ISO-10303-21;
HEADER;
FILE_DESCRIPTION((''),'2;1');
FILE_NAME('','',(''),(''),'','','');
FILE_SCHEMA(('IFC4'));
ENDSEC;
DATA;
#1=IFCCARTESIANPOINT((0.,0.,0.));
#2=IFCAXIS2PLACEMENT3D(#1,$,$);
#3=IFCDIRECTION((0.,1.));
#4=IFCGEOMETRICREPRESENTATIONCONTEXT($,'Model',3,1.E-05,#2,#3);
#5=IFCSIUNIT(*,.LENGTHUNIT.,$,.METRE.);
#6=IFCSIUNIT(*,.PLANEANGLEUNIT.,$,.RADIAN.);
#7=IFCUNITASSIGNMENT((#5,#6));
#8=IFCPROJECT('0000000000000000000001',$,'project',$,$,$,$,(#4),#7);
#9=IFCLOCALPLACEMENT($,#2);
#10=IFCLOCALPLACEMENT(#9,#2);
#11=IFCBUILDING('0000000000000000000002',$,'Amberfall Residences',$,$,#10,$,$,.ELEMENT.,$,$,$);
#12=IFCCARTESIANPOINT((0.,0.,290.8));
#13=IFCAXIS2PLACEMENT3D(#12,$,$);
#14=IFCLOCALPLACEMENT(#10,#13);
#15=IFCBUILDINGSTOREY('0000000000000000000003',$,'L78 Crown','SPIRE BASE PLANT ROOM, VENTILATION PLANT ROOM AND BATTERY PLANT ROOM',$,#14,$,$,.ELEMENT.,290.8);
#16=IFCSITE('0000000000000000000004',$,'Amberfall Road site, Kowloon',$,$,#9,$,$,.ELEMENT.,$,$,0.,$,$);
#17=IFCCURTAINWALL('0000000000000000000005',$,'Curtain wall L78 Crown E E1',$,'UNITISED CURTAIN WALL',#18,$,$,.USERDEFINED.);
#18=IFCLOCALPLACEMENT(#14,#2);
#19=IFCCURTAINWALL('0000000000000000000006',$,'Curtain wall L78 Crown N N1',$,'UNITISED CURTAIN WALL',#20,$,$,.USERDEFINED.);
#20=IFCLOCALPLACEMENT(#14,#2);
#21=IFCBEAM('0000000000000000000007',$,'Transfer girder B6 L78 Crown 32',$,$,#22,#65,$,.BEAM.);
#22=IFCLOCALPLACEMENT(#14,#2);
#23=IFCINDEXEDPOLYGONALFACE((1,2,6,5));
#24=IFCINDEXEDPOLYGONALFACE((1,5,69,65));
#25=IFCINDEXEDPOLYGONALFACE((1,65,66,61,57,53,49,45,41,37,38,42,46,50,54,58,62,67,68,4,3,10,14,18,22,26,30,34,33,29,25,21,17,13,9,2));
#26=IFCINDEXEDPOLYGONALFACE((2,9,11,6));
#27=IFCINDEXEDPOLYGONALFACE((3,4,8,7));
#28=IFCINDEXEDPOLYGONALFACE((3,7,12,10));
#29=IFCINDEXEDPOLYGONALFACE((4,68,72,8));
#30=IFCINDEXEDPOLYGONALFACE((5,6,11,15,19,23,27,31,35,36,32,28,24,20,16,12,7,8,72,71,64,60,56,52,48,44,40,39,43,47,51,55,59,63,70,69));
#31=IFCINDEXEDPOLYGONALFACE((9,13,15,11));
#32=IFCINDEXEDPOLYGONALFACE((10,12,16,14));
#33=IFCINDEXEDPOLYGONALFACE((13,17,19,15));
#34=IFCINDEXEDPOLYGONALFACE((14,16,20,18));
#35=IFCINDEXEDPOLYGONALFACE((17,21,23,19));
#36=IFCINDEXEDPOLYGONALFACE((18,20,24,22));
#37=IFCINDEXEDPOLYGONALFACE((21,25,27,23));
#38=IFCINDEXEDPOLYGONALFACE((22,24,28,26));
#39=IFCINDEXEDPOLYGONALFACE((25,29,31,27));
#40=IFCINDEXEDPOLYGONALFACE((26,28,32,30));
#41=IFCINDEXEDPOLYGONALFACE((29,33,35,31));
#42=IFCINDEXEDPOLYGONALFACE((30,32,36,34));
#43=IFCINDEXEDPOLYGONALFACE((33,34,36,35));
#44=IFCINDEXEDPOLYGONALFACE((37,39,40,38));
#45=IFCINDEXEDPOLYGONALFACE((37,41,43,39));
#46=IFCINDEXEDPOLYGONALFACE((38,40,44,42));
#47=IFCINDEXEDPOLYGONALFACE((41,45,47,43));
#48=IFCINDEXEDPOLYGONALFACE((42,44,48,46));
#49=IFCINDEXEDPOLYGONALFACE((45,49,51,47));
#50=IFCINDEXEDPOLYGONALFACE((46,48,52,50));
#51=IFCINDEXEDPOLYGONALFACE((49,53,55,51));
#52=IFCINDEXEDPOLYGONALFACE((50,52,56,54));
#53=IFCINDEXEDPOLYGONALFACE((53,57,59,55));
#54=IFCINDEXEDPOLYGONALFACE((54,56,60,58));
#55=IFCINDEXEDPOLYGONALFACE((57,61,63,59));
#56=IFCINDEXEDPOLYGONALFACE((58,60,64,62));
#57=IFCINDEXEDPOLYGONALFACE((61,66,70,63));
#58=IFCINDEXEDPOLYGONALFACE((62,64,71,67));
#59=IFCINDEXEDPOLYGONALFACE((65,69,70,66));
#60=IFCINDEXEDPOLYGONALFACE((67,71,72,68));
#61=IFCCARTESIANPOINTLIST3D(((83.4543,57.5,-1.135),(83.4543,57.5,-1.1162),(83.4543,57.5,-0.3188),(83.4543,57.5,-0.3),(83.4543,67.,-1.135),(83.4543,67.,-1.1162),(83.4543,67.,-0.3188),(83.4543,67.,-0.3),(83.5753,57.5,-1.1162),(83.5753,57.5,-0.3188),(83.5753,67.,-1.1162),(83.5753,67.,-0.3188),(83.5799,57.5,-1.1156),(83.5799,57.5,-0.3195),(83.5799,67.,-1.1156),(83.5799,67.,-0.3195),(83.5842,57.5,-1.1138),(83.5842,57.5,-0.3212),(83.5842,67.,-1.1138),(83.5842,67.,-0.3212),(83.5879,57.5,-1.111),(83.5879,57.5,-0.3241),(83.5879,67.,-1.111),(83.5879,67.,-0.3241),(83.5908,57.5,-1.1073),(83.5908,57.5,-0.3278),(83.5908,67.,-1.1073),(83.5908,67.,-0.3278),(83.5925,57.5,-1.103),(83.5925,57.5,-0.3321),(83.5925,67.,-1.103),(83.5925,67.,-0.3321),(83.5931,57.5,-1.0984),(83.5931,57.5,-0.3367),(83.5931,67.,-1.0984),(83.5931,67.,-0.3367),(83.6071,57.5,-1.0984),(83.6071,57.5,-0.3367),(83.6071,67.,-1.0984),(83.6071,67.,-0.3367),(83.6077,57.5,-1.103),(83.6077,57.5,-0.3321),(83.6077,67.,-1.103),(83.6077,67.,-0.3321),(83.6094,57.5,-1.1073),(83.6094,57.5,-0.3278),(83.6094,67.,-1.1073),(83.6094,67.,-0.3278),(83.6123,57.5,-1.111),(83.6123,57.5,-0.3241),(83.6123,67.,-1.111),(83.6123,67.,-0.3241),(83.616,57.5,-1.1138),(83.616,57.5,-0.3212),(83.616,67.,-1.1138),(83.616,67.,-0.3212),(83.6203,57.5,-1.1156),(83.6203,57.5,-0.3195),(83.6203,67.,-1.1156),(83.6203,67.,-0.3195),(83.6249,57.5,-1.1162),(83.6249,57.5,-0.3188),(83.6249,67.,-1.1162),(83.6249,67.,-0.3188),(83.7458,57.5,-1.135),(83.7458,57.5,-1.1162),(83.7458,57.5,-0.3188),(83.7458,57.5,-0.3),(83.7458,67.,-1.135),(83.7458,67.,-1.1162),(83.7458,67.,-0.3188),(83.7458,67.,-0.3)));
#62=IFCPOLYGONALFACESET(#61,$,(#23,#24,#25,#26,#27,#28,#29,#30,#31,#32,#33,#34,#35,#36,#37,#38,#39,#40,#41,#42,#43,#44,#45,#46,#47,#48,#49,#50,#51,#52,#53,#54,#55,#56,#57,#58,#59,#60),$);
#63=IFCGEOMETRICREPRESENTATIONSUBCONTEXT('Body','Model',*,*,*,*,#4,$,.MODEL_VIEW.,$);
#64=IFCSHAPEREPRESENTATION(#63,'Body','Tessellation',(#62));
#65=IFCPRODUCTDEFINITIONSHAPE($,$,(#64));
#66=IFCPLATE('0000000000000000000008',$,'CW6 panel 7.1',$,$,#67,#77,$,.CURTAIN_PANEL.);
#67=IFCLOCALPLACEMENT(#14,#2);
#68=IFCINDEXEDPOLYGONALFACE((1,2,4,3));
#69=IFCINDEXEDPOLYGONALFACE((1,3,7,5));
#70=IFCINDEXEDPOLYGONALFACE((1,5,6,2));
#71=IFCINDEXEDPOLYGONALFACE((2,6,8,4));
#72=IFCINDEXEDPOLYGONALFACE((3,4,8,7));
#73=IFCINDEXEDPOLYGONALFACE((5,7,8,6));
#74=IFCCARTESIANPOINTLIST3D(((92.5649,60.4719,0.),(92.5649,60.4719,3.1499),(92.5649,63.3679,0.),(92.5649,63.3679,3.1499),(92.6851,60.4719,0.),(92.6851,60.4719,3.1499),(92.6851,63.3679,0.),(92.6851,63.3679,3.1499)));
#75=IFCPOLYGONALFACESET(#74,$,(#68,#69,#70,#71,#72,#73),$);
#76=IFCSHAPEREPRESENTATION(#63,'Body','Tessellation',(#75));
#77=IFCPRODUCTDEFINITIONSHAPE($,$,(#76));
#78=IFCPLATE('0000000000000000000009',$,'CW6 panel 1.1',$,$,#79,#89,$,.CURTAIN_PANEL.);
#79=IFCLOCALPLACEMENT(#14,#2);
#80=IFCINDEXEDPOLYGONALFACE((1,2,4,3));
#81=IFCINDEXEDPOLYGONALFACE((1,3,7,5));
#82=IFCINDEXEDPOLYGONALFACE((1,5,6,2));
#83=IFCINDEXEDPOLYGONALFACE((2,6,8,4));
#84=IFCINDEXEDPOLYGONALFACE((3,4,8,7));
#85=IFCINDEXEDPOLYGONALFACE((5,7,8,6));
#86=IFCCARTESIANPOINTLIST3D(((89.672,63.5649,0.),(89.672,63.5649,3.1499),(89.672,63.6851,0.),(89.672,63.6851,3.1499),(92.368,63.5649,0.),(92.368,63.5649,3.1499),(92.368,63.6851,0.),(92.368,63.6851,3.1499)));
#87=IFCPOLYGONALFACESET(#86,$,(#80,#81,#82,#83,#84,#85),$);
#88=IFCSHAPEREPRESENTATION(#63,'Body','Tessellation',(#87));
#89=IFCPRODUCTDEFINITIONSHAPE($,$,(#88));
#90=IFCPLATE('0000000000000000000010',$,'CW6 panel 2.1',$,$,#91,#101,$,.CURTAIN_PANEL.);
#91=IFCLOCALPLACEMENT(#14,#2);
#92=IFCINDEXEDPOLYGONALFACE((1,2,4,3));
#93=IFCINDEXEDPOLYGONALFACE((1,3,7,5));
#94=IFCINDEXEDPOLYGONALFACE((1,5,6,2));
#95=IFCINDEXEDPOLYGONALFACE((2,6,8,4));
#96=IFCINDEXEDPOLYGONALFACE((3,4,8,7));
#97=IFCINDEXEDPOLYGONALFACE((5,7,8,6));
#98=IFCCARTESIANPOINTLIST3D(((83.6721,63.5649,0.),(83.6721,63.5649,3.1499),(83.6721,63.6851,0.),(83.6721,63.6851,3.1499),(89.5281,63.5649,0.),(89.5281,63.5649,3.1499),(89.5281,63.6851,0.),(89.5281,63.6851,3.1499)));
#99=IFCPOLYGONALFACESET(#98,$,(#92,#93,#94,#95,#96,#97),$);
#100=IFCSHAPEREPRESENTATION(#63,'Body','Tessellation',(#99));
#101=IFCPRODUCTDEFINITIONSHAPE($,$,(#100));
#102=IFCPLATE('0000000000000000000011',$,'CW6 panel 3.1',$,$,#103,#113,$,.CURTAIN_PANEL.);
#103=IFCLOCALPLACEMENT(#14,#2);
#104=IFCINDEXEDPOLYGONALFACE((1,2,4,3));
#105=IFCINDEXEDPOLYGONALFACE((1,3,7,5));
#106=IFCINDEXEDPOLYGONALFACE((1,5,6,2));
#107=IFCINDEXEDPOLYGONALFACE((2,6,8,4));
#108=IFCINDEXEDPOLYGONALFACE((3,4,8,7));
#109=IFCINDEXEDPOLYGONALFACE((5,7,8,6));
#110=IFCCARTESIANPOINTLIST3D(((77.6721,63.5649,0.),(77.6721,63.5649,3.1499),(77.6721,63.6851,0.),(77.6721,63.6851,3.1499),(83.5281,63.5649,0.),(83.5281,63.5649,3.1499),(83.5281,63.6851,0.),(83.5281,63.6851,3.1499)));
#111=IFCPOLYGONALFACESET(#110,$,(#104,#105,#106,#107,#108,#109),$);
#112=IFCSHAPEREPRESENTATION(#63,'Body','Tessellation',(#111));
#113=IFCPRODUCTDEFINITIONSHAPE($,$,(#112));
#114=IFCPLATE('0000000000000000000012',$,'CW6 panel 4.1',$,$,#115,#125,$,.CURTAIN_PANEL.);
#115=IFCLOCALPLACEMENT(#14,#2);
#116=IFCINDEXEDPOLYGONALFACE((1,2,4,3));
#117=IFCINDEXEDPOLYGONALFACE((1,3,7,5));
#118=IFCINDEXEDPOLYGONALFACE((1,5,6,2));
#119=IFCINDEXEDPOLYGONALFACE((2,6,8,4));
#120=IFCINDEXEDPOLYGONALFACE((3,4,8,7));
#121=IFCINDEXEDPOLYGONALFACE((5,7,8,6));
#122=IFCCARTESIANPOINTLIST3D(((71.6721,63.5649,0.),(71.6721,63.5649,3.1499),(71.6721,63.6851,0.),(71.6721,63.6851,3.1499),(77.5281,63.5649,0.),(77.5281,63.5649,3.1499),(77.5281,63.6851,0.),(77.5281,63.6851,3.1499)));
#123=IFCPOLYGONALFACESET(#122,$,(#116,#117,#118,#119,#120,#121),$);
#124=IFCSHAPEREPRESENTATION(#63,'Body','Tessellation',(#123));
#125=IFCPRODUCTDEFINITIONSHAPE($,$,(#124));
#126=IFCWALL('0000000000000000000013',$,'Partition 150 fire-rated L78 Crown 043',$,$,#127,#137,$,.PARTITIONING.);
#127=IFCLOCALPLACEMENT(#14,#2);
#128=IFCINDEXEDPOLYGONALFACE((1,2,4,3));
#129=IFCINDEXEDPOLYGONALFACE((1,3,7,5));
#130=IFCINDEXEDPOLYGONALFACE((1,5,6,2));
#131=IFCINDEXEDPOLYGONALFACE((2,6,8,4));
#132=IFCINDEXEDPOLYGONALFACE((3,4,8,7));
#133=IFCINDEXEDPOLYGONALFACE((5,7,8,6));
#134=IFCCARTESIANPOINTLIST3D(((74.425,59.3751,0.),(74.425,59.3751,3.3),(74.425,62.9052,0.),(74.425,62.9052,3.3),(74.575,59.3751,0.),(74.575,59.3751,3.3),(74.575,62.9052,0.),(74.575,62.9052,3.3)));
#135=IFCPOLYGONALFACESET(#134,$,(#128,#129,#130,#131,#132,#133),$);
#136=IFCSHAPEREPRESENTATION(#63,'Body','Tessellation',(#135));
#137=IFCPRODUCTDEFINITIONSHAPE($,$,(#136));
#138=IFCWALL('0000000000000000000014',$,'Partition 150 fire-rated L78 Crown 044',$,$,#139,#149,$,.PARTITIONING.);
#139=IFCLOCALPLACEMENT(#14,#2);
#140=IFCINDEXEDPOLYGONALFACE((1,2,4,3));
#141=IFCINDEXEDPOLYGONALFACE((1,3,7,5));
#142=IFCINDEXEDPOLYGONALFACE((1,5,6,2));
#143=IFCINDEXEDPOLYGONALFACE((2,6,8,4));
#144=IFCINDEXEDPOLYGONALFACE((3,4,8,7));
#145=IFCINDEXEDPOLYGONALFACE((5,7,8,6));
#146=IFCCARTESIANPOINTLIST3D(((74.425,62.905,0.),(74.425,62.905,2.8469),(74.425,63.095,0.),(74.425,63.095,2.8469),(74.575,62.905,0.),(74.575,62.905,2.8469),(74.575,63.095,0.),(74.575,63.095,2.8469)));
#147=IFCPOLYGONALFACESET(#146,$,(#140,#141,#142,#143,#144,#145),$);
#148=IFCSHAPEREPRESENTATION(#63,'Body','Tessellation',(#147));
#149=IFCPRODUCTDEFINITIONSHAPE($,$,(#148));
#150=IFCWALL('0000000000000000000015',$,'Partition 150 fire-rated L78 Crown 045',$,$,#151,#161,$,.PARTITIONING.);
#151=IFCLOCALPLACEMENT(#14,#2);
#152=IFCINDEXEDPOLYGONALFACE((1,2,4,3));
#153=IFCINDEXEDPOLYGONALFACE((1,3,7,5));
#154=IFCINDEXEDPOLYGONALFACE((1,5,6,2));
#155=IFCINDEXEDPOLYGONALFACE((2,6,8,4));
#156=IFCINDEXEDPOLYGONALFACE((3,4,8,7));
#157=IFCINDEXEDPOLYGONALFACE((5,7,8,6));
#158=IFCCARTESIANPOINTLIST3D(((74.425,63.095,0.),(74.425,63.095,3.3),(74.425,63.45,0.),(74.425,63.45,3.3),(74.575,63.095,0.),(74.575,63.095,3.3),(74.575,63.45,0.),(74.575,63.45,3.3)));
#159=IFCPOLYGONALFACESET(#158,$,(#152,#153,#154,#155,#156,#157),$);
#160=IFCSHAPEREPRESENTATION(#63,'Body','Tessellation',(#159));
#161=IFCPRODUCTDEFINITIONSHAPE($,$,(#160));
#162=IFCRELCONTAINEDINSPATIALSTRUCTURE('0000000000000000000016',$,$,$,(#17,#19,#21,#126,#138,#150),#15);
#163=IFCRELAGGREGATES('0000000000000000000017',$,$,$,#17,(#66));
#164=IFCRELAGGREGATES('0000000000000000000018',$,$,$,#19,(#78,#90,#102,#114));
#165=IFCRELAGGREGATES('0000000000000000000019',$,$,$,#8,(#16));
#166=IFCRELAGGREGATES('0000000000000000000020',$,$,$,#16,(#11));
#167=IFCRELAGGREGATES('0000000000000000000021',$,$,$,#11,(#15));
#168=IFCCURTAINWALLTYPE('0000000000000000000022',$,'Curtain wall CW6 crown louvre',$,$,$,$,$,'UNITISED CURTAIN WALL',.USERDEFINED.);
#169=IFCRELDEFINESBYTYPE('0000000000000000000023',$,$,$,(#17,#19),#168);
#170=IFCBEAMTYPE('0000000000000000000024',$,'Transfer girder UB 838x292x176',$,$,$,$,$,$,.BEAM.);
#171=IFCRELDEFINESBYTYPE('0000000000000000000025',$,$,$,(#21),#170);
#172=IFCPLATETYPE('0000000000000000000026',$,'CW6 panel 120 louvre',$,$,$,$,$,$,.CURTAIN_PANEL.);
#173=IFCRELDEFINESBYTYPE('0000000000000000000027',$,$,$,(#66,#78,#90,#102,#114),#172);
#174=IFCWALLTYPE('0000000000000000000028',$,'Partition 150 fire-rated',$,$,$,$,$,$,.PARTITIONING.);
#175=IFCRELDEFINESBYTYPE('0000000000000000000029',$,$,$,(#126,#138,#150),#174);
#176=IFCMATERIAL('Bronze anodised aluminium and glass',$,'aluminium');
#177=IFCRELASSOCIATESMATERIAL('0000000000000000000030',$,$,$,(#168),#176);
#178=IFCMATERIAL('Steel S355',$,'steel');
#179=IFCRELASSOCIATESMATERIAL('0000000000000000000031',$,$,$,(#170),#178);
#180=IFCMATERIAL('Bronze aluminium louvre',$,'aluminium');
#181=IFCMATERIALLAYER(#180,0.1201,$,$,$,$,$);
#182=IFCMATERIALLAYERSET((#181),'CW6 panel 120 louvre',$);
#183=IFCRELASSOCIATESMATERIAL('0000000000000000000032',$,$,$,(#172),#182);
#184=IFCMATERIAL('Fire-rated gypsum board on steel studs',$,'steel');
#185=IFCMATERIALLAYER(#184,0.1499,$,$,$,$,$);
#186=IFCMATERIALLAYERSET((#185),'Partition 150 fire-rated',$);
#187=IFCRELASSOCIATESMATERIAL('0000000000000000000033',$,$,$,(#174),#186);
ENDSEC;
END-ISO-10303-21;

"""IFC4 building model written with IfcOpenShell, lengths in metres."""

from ifc_helpers import new_model, si_unit, direction, frame, frame_2d, origin, origin_2d, place, context, subcontext, project, spatial, rectangle, i_section, extrude, material, layer, layer_set, material_profile, profile_set, type_object, element, aggregate, save


model = new_model("IFC4")

# Units and contexts
model_context = context("Model", 3, precision=1e-05, world=origin(), true_north=direction((0.0, 1.0)))
body_context = subcontext(model_context, "Body", "Model", "MODEL_VIEW")
ifc_project = project(units=[si_unit("LENGTHUNIT", "METRE"), si_unit("PLANEANGLEUNIT", "RADIAN")], contexts=[model_context])

# Site, building, storey
site_placement = place(None, origin())
site = spatial("IfcSite", under=ifc_project, at=site_placement, Name="Amberfall Road site, Kowloon", CompositionType="ELEMENT", RefElevation=0.0)
building_placement = place(site_placement, origin())
building = spatial("IfcBuilding", under=site, at=building_placement, Name="Amberfall Residences", CompositionType="ELEMENT")
storey_placement = place(building_placement, frame((0.0, 0.0, 290.8)))
storey = spatial("IfcBuildingStorey", under=building, at=storey_placement, Name="L78 Crown", Description="SPIRE BASE PLANT ROOM, VENTILATION PLANT ROOM AND BATTERY PLANT ROOM", CompositionType="ELEMENT", Elevation=290.8)

# Shared definitions
ifc_material_1 = material(Name="Steel S355", Category="steel")

# Curtain walls
ifc_material_2 = material(Name="Bronze anodised aluminium and glass", Category="aluminium")
curtain_wall_type = type_object("IfcCurtainWallType", Name="Curtain wall CW6 crown louvre", ElementType="UNITISED CURTAIN WALL", PredefinedType="USERDEFINED", material=ifc_material_2)
curtain_wall_1_placement = place(storey_placement, origin())
curtain_wall_1 = element("IfcCurtainWall", 1, at=curtain_wall_1_placement, inside=storey, type_object=curtain_wall_type, Name="Curtain wall L78 Crown E E1", ObjectType="UNITISED CURTAIN WALL", PredefinedType="USERDEFINED")
curtain_wall_2_placement = place(storey_placement, origin())
curtain_wall_2 = element("IfcCurtainWall", 2, at=curtain_wall_2_placement, inside=storey, type_object=curtain_wall_type, Name="Curtain wall L78 Crown N N1", ObjectType="UNITISED CURTAIN WALL", PredefinedType="USERDEFINED")

# Beam
ifc_material_profile_1 = material_profile(ifc_material_1, i_section(OverallWidth=0.2915, OverallDepth=0.835, WebThickness=0.0139, FlangeThickness=0.0188, FilletRadius=0.0178, at=origin_2d()), Name="UB 838x292x176")
ifc_profile_set_1 = profile_set([ifc_material_profile_1], Name="Steel S355")
beam_type_1 = type_object("IfcBeamType", Name="Transfer girder UB 838x292x176", PredefinedType="BEAM", material=ifc_profile_set_1)
for number, where, z_axis, x_axis, name in (
    (3, (83.6001, 67.0, -0.7175), (0.0, -1.0, 0.0), (1.0, 0.0, 0.0), "Transfer girder B6 L78 Crown 32"),
):
    element("IfcBeam", number, at=place(storey_placement, frame(where, z_axis=z_axis, x_axis=x_axis)), inside=storey, type_object=beam_type_1, Name=name, PredefinedType="BEAM", context=body_context, shape_type="SweptSolid", body=[
        extrude(i_section(OverallWidth=0.2915, OverallDepth=0.835, WebThickness=0.0139, FlangeThickness=0.0188, FilletRadius=0.0178, at=origin_2d()), origin(), (0.0, 0.0, 1.0), 9.5),
    ])

# Plates
ifc_material_3 = material(Name="Bronze aluminium louvre", Category="aluminium")
ifc_layer_1 = layer(ifc_material_3, 0.1201)
ifc_layer_set_1 = layer_set([ifc_layer_1], Name="CW6 panel 120 louvre")
plate_type = type_object("IfcPlateType", Name="CW6 panel 120 louvre", PredefinedType="CURTAIN_PANEL", material=ifc_layer_set_1)
plate_1_placement = place(storey_placement, frame((92.625, 61.9199, 0.0), z_axis=(0.0, 0.0, 1.0), x_axis=(0.0, 1.0, 0.0)))
plate_1 = element("IfcPlate", 4, at=plate_1_placement, type_object=plate_type, Name="CW6 panel 7.1", PredefinedType="CURTAIN_PANEL", context=body_context, shape_type="SweptSolid", body=[
    extrude(rectangle(XDim=2.896, YDim=0.1201, at=origin_2d()), origin(), (0.0, 0.0, 1.0), 3.1499),
])
aggregate(curtain_wall_1, [plate_1])
plate_2_placement = place(storey_placement, frame((91.02, 63.625, 0.0), z_axis=(0.0, 0.0, 1.0), x_axis=(-1.0, 0.0, 0.0)))
plate_2 = element("IfcPlate", 5, at=plate_2_placement, type_object=plate_type, Name="CW6 panel 1.1", PredefinedType="CURTAIN_PANEL", context=body_context, shape_type="SweptSolid", body=[
    extrude(rectangle(XDim=2.696, YDim=0.1201, at=origin_2d()), origin(), (0.0, 0.0, 1.0), 3.1499),
])
plate_3_placement = place(storey_placement, frame((86.6001, 63.625, 0.0), z_axis=(0.0, 0.0, 1.0), x_axis=(-1.0, 0.0, 0.0)))
plate_3 = element("IfcPlate", 6, at=plate_3_placement, type_object=plate_type, Name="CW6 panel 2.1", PredefinedType="CURTAIN_PANEL", context=body_context, shape_type="SweptSolid", body=[
    extrude(rectangle(XDim=5.856, YDim=0.1201, at=origin_2d()), origin(), (0.0, 0.0, 1.0), 3.1499),
])
plate_4_placement = place(storey_placement, frame((80.6001, 63.625, 0.0), z_axis=(0.0, 0.0, 1.0), x_axis=(-1.0, 0.0, 0.0)))
plate_4 = element("IfcPlate", 7, at=plate_4_placement, type_object=plate_type, Name="CW6 panel 3.1", PredefinedType="CURTAIN_PANEL", context=body_context, shape_type="SweptSolid", body=[
    extrude(rectangle(XDim=5.856, YDim=0.1201, at=origin_2d()), origin(), (0.0, 0.0, 1.0), 3.1499),
])
plate_5_placement = place(storey_placement, frame((74.6001, 63.625, 0.0), z_axis=(0.0, 0.0, 1.0), x_axis=(-1.0, 0.0, 0.0)))
plate_5 = element("IfcPlate", 8, at=plate_5_placement, type_object=plate_type, Name="CW6 panel 4.1", PredefinedType="CURTAIN_PANEL", context=body_context, shape_type="SweptSolid", body=[
    extrude(rectangle(XDim=5.856, YDim=0.1201, at=origin_2d()), origin(), (0.0, 0.0, 1.0), 3.1499),
])
aggregate(curtain_wall_2, [plate_2, plate_3, plate_4, plate_5])

# Walls
ifc_material_4 = material(Name="Fire-rated gypsum board on steel studs", Category="steel")
ifc_layer_2 = layer(ifc_material_4, 0.1499)
ifc_layer_set_2 = layer_set([ifc_layer_2], Name="Partition 150 fire-rated")
wall_type = type_object("IfcWallType", Name="Partition 150 fire-rated", PredefinedType="PARTITIONING", material=ifc_layer_set_2)
wall_1_placement = place(storey_placement, frame((74.5, 59.375, 0.0), z_axis=(0.0, 0.0, 1.0), x_axis=(0.0, 1.0, 0.0)))
element("IfcWall", 9, at=wall_1_placement, inside=storey, type_object=wall_type, Name="Partition 150 fire-rated L78 Crown 043", PredefinedType="PARTITIONING", context=body_context, shape_type="SweptSolid", body=[
    extrude(rectangle(XDim=3.53, YDim=0.1499, at=frame_2d((1.7651, 0.0))), origin(), (0.0, 0.0, 1.0), 3.3),
])
wall_2_placement = place(storey_placement, frame((74.5, 62.905, 0.0), z_axis=(0.0, 0.0, 1.0), x_axis=(0.0, 1.0, 0.0)))
element("IfcWall", 10, at=wall_2_placement, inside=storey, type_object=wall_type, Name="Partition 150 fire-rated L78 Crown 044", PredefinedType="PARTITIONING", context=body_context, shape_type="SweptSolid", body=[
    extrude(rectangle(XDim=0.1899, YDim=0.1499, at=frame_2d((0.095, 0.0))), origin(), (0.0, 0.0, 1.0), 2.8469),
])
wall_3_placement = place(storey_placement, frame((74.5, 63.095, 0.0), z_axis=(0.0, 0.0, 1.0), x_axis=(0.0, 1.0, 0.0)))
element("IfcWall", 11, at=wall_3_placement, inside=storey, type_object=wall_type, Name="Partition 150 fire-rated L78 Crown 045", PredefinedType="PARTITIONING", context=body_context, shape_type="SweptSolid", body=[
    extrude(rectangle(XDim=0.355, YDim=0.1499, at=frame_2d((0.1775, 0.0))), origin(), (0.0, 0.0, 1.0), 3.3),
])

save(model, "model.ifc")
